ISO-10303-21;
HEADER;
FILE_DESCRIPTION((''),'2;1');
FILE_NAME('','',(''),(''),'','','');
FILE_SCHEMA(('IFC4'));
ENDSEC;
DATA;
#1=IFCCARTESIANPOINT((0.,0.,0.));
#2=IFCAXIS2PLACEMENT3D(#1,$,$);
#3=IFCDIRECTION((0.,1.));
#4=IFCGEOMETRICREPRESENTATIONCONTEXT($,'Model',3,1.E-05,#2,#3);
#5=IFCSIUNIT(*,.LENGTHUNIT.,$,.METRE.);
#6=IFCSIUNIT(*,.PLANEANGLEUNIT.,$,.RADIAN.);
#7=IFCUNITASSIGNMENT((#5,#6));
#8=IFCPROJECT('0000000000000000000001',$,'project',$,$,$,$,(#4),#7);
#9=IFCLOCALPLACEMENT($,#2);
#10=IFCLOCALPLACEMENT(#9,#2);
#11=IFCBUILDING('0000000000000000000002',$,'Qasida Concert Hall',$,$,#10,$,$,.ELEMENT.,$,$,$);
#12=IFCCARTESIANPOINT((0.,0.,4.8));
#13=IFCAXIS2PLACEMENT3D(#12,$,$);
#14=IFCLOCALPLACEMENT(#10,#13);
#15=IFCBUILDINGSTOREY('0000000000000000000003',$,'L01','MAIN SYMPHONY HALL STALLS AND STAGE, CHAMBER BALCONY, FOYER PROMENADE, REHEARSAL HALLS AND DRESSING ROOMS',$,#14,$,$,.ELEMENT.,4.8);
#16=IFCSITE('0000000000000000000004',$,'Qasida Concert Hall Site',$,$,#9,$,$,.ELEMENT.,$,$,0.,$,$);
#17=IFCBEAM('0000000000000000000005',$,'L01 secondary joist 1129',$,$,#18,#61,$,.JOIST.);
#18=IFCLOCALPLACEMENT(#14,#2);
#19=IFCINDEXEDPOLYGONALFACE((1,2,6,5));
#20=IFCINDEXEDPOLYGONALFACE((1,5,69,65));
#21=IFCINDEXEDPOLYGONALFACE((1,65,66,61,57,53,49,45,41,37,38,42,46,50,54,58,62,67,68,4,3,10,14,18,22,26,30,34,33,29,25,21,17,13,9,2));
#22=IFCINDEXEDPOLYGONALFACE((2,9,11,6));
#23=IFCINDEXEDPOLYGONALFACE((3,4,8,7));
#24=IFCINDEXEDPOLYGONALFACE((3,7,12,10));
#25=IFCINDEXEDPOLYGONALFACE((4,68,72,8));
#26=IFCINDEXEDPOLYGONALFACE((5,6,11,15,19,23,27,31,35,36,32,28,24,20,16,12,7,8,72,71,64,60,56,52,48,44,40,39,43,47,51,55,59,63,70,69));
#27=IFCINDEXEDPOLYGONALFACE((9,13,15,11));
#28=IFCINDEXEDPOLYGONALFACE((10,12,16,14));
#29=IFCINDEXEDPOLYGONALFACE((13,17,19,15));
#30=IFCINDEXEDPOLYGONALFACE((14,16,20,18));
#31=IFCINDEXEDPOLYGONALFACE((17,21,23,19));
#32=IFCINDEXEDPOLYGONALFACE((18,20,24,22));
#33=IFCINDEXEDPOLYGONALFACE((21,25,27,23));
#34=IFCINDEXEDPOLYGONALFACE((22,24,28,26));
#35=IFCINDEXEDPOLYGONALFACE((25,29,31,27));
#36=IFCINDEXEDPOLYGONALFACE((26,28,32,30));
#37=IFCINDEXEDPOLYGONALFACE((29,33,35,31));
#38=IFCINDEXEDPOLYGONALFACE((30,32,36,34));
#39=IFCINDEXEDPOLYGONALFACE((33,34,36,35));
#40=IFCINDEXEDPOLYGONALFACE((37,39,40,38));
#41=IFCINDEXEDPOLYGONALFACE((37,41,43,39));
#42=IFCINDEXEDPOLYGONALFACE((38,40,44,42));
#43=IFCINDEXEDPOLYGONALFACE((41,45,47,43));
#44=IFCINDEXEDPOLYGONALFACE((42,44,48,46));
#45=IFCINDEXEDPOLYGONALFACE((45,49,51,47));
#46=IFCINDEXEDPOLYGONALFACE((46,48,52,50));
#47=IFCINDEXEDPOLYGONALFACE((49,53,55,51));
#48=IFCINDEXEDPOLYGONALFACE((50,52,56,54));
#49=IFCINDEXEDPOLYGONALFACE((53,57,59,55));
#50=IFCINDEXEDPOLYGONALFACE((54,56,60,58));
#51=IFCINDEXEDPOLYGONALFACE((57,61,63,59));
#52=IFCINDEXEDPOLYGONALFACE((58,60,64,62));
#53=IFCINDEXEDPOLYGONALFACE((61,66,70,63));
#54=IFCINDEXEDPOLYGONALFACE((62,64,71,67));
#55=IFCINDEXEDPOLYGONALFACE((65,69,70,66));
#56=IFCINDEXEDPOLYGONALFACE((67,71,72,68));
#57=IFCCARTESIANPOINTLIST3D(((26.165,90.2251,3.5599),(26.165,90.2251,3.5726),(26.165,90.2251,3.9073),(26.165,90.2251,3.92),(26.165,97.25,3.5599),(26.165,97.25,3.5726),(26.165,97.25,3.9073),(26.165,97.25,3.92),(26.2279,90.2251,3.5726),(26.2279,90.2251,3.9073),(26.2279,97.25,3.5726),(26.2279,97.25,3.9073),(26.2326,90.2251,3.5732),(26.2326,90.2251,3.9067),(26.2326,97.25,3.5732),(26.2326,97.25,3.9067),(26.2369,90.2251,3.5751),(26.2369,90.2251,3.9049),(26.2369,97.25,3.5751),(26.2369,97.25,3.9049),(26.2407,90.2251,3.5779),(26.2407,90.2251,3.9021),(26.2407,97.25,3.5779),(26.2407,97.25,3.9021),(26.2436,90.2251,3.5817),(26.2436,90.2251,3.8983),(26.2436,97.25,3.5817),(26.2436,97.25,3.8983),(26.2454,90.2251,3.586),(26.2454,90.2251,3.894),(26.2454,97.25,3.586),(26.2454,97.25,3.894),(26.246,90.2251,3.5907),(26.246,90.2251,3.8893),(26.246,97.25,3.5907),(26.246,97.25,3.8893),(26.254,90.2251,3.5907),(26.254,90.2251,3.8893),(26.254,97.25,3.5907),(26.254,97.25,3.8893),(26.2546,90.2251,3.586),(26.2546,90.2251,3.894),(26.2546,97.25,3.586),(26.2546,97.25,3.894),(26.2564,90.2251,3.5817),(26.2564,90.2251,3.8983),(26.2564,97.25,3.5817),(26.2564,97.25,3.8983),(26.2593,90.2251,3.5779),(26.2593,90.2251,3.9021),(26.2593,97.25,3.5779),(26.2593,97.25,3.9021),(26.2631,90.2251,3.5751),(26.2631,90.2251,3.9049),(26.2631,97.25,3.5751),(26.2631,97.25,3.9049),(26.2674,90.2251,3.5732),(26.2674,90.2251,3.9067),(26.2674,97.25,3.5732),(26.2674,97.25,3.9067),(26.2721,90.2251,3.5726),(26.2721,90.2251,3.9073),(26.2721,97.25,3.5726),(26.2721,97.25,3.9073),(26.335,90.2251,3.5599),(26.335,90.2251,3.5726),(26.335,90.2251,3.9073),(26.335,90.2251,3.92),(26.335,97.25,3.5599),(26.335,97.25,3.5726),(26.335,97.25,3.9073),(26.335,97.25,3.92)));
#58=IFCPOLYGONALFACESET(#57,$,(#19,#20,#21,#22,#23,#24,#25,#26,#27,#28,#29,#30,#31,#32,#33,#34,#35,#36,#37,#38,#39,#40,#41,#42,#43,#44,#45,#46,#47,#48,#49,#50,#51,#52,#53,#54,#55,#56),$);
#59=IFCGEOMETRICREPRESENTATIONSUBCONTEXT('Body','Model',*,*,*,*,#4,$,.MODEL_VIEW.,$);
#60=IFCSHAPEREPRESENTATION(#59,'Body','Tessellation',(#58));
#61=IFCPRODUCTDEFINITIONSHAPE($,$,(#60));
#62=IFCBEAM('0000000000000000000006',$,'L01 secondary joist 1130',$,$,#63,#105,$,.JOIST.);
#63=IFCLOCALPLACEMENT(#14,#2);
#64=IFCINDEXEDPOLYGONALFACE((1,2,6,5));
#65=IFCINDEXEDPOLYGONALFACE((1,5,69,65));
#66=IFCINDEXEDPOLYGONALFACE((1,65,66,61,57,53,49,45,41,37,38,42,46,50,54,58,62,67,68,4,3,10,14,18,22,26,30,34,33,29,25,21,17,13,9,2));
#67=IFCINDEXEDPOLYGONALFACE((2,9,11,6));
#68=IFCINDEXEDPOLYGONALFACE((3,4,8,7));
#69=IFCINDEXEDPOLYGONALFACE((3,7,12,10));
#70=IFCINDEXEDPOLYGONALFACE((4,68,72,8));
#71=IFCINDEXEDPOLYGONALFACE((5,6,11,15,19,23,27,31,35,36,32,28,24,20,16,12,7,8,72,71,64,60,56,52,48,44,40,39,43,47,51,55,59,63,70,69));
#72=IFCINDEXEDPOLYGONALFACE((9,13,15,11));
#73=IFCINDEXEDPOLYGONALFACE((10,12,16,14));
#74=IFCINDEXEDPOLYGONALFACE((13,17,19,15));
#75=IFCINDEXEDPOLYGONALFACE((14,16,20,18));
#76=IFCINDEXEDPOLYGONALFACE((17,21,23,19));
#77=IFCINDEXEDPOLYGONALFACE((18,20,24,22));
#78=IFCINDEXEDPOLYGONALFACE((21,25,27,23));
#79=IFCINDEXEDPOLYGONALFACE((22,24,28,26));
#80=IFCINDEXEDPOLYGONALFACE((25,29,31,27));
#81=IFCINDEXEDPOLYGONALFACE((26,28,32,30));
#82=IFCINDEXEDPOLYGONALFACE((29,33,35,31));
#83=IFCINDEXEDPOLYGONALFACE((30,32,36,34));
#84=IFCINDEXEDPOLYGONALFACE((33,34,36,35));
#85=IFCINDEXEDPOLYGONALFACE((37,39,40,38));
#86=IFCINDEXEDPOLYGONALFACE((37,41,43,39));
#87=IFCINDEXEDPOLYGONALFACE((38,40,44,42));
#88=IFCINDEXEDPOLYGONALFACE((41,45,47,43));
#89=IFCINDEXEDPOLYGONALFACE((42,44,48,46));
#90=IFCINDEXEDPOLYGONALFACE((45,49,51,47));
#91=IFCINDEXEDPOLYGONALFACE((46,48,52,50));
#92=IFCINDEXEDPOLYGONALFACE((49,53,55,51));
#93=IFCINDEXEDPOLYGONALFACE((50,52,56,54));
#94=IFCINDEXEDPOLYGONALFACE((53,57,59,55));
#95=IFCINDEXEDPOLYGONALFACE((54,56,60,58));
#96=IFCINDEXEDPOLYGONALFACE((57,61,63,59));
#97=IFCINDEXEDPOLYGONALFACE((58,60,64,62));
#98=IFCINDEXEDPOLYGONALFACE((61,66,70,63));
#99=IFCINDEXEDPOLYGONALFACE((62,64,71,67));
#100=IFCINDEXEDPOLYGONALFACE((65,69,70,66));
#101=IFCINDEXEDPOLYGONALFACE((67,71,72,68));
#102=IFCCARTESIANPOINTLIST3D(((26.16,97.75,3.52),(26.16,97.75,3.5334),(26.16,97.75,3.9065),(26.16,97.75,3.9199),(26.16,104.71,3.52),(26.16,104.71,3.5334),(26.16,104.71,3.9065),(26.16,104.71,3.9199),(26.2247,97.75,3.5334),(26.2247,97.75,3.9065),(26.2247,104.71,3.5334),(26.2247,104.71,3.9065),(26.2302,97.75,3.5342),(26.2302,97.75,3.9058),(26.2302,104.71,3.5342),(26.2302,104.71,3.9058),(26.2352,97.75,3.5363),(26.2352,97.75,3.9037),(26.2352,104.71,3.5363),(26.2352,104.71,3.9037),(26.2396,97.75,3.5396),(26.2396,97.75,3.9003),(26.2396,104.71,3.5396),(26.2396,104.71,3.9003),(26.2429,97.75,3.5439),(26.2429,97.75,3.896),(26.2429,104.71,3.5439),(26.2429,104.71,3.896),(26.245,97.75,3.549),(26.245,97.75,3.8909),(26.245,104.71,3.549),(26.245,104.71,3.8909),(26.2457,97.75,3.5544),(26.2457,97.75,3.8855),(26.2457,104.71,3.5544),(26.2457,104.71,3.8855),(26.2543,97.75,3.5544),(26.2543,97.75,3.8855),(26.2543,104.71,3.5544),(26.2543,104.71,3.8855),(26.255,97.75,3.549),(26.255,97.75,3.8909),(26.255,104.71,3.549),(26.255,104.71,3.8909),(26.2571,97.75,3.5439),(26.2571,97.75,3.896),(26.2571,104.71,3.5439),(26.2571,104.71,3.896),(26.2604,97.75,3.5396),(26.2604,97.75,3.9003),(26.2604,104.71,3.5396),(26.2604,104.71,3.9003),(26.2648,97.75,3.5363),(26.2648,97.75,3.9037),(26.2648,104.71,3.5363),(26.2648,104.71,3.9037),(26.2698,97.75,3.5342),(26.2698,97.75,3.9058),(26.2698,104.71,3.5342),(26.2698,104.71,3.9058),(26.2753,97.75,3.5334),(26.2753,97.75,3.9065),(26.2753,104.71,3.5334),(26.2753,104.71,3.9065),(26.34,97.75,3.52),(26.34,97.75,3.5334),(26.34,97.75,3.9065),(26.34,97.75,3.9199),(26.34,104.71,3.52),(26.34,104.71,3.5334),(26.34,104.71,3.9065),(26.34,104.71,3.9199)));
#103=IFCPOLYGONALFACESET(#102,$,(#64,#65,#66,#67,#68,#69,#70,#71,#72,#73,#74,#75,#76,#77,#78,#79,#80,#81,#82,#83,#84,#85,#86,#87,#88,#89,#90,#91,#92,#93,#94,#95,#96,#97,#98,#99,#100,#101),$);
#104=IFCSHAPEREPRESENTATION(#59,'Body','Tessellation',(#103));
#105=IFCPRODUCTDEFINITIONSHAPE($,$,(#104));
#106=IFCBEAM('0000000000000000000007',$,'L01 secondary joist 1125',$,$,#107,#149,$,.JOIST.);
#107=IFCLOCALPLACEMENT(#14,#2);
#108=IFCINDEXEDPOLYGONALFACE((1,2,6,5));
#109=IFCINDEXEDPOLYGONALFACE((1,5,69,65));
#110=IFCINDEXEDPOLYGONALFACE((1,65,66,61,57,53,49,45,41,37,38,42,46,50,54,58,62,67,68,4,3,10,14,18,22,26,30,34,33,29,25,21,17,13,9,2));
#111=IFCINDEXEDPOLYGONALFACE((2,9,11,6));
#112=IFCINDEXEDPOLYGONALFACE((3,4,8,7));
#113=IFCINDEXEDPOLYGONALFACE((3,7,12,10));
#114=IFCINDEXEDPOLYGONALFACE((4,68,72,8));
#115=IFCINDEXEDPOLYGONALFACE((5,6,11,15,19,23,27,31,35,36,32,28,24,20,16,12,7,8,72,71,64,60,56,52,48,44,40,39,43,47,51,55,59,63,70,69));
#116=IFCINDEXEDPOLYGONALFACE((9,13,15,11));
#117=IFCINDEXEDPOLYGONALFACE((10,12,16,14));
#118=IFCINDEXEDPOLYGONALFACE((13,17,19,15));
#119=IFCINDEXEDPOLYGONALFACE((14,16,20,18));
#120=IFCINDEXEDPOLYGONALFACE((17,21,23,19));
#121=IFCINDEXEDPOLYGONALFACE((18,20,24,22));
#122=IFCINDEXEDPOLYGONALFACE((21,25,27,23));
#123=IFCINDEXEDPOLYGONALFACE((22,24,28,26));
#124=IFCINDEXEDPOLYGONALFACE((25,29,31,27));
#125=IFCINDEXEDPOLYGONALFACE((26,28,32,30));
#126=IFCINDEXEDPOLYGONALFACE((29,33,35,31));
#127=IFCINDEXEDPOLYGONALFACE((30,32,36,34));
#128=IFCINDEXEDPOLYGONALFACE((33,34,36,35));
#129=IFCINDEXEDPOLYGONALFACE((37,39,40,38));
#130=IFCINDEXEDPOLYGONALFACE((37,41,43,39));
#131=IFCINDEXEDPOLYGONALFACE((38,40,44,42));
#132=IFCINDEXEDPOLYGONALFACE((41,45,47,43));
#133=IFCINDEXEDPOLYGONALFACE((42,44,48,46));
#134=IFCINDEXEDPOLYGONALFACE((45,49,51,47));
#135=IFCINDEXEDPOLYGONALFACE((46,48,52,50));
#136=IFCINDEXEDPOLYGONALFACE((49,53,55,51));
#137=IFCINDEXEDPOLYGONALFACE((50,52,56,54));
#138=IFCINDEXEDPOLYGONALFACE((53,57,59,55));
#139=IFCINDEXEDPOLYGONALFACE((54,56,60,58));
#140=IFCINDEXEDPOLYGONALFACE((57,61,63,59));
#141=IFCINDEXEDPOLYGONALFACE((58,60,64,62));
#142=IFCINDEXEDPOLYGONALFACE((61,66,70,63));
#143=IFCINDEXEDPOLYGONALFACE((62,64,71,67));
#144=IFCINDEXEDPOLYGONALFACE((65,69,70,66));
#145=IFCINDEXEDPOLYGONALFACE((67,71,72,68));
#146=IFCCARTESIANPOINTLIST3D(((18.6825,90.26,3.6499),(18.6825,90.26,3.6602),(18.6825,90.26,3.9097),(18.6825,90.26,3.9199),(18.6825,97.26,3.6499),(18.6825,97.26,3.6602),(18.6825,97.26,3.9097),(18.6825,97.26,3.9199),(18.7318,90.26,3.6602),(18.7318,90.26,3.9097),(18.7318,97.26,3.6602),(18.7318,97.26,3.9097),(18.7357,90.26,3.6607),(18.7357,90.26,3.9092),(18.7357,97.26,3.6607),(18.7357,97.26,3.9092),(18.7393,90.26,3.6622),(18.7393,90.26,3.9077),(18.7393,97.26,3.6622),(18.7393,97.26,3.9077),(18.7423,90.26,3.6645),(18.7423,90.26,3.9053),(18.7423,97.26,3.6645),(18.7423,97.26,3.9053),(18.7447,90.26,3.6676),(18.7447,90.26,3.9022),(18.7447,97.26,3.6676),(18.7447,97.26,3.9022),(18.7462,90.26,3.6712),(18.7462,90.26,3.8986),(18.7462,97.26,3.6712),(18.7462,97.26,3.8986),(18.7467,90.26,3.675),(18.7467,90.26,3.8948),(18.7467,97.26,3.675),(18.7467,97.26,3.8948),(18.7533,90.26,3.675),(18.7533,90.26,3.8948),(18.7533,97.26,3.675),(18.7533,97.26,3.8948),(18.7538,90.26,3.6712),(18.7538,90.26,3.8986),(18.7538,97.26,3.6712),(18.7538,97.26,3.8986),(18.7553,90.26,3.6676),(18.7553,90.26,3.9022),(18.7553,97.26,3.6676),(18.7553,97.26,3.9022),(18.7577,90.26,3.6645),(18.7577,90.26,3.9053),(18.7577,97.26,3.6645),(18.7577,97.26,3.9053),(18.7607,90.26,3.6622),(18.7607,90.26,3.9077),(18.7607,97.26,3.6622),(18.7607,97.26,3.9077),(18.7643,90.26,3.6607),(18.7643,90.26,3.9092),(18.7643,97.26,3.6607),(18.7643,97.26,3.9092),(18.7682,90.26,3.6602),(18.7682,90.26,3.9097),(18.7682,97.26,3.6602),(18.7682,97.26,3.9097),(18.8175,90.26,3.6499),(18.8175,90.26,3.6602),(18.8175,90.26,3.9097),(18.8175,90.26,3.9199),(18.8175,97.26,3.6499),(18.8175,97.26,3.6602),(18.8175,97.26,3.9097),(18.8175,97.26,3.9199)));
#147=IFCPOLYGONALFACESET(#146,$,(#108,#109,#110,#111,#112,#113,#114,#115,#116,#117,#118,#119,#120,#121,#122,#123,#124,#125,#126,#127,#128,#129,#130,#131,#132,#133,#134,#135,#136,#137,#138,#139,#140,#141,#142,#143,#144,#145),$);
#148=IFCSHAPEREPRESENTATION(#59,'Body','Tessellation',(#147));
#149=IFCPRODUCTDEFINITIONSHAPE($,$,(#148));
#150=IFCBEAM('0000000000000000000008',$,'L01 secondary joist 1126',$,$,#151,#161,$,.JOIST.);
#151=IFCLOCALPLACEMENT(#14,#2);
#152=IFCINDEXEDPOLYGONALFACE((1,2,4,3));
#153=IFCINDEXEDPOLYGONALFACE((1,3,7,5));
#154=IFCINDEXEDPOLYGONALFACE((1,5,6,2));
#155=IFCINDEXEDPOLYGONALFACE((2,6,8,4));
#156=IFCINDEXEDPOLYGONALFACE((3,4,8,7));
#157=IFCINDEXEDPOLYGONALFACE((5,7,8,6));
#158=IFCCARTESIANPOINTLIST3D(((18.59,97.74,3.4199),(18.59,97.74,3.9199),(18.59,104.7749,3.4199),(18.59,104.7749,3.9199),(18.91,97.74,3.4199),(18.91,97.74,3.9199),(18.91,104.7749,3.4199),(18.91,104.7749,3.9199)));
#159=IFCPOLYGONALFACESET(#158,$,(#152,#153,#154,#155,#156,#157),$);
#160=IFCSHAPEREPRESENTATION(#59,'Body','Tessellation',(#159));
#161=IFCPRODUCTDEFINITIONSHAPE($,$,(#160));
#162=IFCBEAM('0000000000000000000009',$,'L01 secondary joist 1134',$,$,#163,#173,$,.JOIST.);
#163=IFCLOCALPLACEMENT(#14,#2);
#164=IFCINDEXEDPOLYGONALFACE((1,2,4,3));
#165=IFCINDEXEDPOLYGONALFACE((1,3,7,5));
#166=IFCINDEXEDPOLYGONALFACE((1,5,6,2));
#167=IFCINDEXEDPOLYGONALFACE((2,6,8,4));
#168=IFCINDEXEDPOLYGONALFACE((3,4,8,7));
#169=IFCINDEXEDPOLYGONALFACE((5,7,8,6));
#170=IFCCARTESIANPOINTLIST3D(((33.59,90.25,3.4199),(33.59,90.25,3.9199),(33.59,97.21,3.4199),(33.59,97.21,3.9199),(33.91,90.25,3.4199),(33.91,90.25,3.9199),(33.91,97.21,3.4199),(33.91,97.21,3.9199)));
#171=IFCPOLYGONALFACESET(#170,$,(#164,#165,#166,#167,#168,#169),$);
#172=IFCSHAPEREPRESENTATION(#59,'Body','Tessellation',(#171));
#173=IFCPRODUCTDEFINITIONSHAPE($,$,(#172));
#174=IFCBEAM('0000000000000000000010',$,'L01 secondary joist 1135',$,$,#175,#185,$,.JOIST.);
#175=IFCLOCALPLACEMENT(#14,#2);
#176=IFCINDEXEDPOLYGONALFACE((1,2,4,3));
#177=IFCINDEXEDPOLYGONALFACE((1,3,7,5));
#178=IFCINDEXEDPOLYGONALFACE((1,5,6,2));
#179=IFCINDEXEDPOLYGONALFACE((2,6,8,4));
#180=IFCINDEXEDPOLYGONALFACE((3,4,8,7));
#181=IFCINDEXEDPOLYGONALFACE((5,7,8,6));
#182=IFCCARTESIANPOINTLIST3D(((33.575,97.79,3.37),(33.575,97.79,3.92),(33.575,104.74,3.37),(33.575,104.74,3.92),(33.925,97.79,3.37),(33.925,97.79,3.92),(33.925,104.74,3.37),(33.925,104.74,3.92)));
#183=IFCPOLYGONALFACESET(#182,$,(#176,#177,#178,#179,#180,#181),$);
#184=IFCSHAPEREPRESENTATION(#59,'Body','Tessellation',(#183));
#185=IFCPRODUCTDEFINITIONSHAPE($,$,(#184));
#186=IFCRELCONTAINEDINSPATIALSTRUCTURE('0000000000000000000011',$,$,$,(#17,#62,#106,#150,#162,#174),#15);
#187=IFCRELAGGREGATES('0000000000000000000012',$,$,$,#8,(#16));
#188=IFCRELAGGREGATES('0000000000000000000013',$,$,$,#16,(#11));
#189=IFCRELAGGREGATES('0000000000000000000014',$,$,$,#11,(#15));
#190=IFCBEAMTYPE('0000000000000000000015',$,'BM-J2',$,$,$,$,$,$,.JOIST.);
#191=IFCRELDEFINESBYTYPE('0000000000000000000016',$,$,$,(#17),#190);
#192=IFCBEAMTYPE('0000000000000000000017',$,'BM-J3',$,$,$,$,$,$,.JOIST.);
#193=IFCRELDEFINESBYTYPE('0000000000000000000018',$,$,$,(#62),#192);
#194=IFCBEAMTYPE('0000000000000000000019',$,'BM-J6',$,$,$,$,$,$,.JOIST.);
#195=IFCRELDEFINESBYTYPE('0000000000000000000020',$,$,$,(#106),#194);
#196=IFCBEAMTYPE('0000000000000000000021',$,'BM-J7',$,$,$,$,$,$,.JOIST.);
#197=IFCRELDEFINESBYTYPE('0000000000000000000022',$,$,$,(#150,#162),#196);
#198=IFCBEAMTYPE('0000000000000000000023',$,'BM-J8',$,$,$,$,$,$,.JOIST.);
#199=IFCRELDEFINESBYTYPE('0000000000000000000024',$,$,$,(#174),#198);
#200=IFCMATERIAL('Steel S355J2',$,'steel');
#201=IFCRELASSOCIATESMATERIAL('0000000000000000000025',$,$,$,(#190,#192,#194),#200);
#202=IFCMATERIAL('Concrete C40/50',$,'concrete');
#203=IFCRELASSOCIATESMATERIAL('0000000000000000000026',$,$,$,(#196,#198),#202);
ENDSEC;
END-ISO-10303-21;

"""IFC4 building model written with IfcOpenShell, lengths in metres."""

from ifc_helpers import new_model, si_unit, direction, frame, origin, origin_2d, place, context, subcontext, project, spatial, rectangle, i_section, extrude, material, material_profile, profile_set, type_object, element, save


model = new_model("IFC4")

# Units and contexts
model_context = context("Model", 3, precision=1e-05, world=origin(), true_north=direction((0.0, 1.0)))
body_context = subcontext(model_context, "Body", "Model", "MODEL_VIEW")
ifc_project = project(units=[si_unit("LENGTHUNIT", "METRE"), si_unit("PLANEANGLEUNIT", "RADIAN")], contexts=[model_context])

# Site, building, storey
site_placement = place(None, origin())
site = spatial("IfcSite", under=ifc_project, at=site_placement, Name="Qasida Concert Hall Site", CompositionType="ELEMENT", RefElevation=0.0)
building_placement = place(site_placement, origin())
building = spatial("IfcBuilding", under=site, at=building_placement, Name="Qasida Concert Hall", CompositionType="ELEMENT")
storey_placement = place(building_placement, frame((0.0, 0.0, 4.8)))
storey = spatial("IfcBuildingStorey", under=building, at=storey_placement, Name="L01", Description="MAIN SYMPHONY HALL STALLS AND STAGE, CHAMBER BALCONY, FOYER PROMENADE, REHEARSAL HALLS AND DRESSING ROOMS", CompositionType="ELEMENT", Elevation=4.8)

# Beams
ifc_material_1 = material(Name="Concrete C40/50", Category="concrete")
ifc_material_2 = material(Name="Steel S355J2", Category="steel")
ifc_material_profile_1 = material_profile(ifc_material_2, i_section(OverallWidth=0.1699, OverallDepth=0.3601, WebThickness=0.0081, FlangeThickness=0.0127, FilletRadius=0.0181, at=origin_2d()), Name="IPE 360")
ifc_profile_set_1 = profile_set([ifc_material_profile_1], Name="Steel S355J2")
beam_type_1 = type_object("IfcBeamType", Name="BM-J2", PredefinedType="JOIST", material=ifc_profile_set_1)
beam_1_placement = place(storey_placement, frame((26.25, 90.2251, 3.74), z_axis=(0.0, 1.0, 0.0), x_axis=(-1.0, 0.0, 0.0)))
element("IfcBeam", 1, at=beam_1_placement, inside=storey, type_object=beam_type_1, Name="L01 secondary joist 1129", PredefinedType="JOIST", context=body_context, shape_type="SweptSolid", body=[
    extrude(i_section(OverallWidth=0.1699, OverallDepth=0.3601, WebThickness=0.0081, FlangeThickness=0.0127, FilletRadius=0.0181, at=origin_2d()), origin(), (0.0, 0.0, 1.0), 7.0249),
])
ifc_material_profile_2 = material_profile(ifc_material_2, i_section(OverallWidth=0.1799, OverallDepth=0.3999, WebThickness=0.0085, FlangeThickness=0.0134, FilletRadius=0.021, at=origin_2d()), Name="IPE 400")
ifc_profile_set_2 = profile_set([ifc_material_profile_2], Name="Steel S355J2")
beam_type_2 = type_object("IfcBeamType", Name="BM-J3", PredefinedType="JOIST", material=ifc_profile_set_2)
beam_2_placement = place(storey_placement, frame((26.25, 97.75, 3.72), z_axis=(0.0, 1.0, 0.0), x_axis=(-1.0, 0.0, 0.0)))
element("IfcBeam", 2, at=beam_2_placement, inside=storey, type_object=beam_type_2, Name="L01 secondary joist 1130", PredefinedType="JOIST", context=body_context, shape_type="SweptSolid", body=[
    extrude(i_section(OverallWidth=0.1799, OverallDepth=0.3999, WebThickness=0.0085, FlangeThickness=0.0134, FilletRadius=0.021, at=origin_2d()), origin(), (0.0, 0.0, 1.0), 6.96),
])
ifc_material_profile_3 = material_profile(ifc_material_2, i_section(OverallWidth=0.135, OverallDepth=0.27, WebThickness=0.0066, FlangeThickness=0.0103, FilletRadius=0.0149, at=origin_2d()), Name="IPE 270")
ifc_profile_set_3 = profile_set([ifc_material_profile_3], Name="Steel S355J2")
beam_type_3 = type_object("IfcBeamType", Name="BM-J6", PredefinedType="JOIST", material=ifc_profile_set_3)
beam_3_placement = place(storey_placement, frame((18.75, 90.26, 3.7849), z_axis=(0.0, 1.0, 0.0), x_axis=(-1.0, 0.0, 0.0)))
element("IfcBeam", 3, at=beam_3_placement, inside=storey, type_object=beam_type_3, Name="L01 secondary joist 1125", PredefinedType="JOIST", context=body_context, shape_type="SweptSolid", body=[
    extrude(i_section(OverallWidth=0.135, OverallDepth=0.27, WebThickness=0.0066, FlangeThickness=0.0103, FilletRadius=0.0149, at=origin_2d()), origin(), (0.0, 0.0, 1.0), 7.0),
])
ifc_material_profile_4 = material_profile(ifc_material_1, rectangle(XDim=0.3201, YDim=0.5, at=origin_2d()), Name="RC 320x500")
ifc_profile_set_4 = profile_set([ifc_material_profile_4], Name="Concrete C40/50")
beam_type_4 = type_object("IfcBeamType", Name="BM-J7", PredefinedType="JOIST", material=ifc_profile_set_4)
beam_4_placement = place(storey_placement, frame((18.75, 97.74, 3.6699), z_axis=(0.0, 1.0, 0.0), x_axis=(-1.0, 0.0, 0.0)))
element("IfcBeam", 4, at=beam_4_placement, inside=storey, type_object=beam_type_4, Name="L01 secondary joist 1126", PredefinedType="JOIST", context=body_context, shape_type="SweptSolid", body=[
    extrude(rectangle(XDim=0.3201, YDim=0.5, at=origin_2d()), origin(), (0.0, 0.0, 1.0), 7.0349),
])
beam_5_placement = place(storey_placement, frame((33.75, 90.25, 3.6699), z_axis=(0.0, 1.0, 0.0), x_axis=(-1.0, 0.0, 0.0)))
element("IfcBeam", 5, at=beam_5_placement, inside=storey, type_object=beam_type_4, Name="L01 secondary joist 1134", PredefinedType="JOIST", context=body_context, shape_type="SweptSolid", body=[
    extrude(rectangle(XDim=0.3201, YDim=0.5, at=origin_2d()), origin(), (0.0, 0.0, 1.0), 6.96),
])
ifc_material_profile_5 = material_profile(ifc_material_1, rectangle(XDim=0.3501, YDim=0.55, at=origin_2d()), Name="RC 350x550")
ifc_profile_set_5 = profile_set([ifc_material_profile_5], Name="Concrete C40/50")
beam_type_5 = type_object("IfcBeamType", Name="BM-J8", PredefinedType="JOIST", material=ifc_profile_set_5)
beam_6_placement = place(storey_placement, frame((33.75, 97.79, 3.645), z_axis=(0.0, 1.0, 0.0), x_axis=(-1.0, 0.0, 0.0)))
element("IfcBeam", 6, at=beam_6_placement, inside=storey, type_object=beam_type_5, Name="L01 secondary joist 1135", PredefinedType="JOIST", context=body_context, shape_type="SweptSolid", body=[
    extrude(rectangle(XDim=0.3501, YDim=0.55, at=origin_2d()), origin(), (0.0, 0.0, 1.0), 6.95),
])

save(model, "model.ifc")
